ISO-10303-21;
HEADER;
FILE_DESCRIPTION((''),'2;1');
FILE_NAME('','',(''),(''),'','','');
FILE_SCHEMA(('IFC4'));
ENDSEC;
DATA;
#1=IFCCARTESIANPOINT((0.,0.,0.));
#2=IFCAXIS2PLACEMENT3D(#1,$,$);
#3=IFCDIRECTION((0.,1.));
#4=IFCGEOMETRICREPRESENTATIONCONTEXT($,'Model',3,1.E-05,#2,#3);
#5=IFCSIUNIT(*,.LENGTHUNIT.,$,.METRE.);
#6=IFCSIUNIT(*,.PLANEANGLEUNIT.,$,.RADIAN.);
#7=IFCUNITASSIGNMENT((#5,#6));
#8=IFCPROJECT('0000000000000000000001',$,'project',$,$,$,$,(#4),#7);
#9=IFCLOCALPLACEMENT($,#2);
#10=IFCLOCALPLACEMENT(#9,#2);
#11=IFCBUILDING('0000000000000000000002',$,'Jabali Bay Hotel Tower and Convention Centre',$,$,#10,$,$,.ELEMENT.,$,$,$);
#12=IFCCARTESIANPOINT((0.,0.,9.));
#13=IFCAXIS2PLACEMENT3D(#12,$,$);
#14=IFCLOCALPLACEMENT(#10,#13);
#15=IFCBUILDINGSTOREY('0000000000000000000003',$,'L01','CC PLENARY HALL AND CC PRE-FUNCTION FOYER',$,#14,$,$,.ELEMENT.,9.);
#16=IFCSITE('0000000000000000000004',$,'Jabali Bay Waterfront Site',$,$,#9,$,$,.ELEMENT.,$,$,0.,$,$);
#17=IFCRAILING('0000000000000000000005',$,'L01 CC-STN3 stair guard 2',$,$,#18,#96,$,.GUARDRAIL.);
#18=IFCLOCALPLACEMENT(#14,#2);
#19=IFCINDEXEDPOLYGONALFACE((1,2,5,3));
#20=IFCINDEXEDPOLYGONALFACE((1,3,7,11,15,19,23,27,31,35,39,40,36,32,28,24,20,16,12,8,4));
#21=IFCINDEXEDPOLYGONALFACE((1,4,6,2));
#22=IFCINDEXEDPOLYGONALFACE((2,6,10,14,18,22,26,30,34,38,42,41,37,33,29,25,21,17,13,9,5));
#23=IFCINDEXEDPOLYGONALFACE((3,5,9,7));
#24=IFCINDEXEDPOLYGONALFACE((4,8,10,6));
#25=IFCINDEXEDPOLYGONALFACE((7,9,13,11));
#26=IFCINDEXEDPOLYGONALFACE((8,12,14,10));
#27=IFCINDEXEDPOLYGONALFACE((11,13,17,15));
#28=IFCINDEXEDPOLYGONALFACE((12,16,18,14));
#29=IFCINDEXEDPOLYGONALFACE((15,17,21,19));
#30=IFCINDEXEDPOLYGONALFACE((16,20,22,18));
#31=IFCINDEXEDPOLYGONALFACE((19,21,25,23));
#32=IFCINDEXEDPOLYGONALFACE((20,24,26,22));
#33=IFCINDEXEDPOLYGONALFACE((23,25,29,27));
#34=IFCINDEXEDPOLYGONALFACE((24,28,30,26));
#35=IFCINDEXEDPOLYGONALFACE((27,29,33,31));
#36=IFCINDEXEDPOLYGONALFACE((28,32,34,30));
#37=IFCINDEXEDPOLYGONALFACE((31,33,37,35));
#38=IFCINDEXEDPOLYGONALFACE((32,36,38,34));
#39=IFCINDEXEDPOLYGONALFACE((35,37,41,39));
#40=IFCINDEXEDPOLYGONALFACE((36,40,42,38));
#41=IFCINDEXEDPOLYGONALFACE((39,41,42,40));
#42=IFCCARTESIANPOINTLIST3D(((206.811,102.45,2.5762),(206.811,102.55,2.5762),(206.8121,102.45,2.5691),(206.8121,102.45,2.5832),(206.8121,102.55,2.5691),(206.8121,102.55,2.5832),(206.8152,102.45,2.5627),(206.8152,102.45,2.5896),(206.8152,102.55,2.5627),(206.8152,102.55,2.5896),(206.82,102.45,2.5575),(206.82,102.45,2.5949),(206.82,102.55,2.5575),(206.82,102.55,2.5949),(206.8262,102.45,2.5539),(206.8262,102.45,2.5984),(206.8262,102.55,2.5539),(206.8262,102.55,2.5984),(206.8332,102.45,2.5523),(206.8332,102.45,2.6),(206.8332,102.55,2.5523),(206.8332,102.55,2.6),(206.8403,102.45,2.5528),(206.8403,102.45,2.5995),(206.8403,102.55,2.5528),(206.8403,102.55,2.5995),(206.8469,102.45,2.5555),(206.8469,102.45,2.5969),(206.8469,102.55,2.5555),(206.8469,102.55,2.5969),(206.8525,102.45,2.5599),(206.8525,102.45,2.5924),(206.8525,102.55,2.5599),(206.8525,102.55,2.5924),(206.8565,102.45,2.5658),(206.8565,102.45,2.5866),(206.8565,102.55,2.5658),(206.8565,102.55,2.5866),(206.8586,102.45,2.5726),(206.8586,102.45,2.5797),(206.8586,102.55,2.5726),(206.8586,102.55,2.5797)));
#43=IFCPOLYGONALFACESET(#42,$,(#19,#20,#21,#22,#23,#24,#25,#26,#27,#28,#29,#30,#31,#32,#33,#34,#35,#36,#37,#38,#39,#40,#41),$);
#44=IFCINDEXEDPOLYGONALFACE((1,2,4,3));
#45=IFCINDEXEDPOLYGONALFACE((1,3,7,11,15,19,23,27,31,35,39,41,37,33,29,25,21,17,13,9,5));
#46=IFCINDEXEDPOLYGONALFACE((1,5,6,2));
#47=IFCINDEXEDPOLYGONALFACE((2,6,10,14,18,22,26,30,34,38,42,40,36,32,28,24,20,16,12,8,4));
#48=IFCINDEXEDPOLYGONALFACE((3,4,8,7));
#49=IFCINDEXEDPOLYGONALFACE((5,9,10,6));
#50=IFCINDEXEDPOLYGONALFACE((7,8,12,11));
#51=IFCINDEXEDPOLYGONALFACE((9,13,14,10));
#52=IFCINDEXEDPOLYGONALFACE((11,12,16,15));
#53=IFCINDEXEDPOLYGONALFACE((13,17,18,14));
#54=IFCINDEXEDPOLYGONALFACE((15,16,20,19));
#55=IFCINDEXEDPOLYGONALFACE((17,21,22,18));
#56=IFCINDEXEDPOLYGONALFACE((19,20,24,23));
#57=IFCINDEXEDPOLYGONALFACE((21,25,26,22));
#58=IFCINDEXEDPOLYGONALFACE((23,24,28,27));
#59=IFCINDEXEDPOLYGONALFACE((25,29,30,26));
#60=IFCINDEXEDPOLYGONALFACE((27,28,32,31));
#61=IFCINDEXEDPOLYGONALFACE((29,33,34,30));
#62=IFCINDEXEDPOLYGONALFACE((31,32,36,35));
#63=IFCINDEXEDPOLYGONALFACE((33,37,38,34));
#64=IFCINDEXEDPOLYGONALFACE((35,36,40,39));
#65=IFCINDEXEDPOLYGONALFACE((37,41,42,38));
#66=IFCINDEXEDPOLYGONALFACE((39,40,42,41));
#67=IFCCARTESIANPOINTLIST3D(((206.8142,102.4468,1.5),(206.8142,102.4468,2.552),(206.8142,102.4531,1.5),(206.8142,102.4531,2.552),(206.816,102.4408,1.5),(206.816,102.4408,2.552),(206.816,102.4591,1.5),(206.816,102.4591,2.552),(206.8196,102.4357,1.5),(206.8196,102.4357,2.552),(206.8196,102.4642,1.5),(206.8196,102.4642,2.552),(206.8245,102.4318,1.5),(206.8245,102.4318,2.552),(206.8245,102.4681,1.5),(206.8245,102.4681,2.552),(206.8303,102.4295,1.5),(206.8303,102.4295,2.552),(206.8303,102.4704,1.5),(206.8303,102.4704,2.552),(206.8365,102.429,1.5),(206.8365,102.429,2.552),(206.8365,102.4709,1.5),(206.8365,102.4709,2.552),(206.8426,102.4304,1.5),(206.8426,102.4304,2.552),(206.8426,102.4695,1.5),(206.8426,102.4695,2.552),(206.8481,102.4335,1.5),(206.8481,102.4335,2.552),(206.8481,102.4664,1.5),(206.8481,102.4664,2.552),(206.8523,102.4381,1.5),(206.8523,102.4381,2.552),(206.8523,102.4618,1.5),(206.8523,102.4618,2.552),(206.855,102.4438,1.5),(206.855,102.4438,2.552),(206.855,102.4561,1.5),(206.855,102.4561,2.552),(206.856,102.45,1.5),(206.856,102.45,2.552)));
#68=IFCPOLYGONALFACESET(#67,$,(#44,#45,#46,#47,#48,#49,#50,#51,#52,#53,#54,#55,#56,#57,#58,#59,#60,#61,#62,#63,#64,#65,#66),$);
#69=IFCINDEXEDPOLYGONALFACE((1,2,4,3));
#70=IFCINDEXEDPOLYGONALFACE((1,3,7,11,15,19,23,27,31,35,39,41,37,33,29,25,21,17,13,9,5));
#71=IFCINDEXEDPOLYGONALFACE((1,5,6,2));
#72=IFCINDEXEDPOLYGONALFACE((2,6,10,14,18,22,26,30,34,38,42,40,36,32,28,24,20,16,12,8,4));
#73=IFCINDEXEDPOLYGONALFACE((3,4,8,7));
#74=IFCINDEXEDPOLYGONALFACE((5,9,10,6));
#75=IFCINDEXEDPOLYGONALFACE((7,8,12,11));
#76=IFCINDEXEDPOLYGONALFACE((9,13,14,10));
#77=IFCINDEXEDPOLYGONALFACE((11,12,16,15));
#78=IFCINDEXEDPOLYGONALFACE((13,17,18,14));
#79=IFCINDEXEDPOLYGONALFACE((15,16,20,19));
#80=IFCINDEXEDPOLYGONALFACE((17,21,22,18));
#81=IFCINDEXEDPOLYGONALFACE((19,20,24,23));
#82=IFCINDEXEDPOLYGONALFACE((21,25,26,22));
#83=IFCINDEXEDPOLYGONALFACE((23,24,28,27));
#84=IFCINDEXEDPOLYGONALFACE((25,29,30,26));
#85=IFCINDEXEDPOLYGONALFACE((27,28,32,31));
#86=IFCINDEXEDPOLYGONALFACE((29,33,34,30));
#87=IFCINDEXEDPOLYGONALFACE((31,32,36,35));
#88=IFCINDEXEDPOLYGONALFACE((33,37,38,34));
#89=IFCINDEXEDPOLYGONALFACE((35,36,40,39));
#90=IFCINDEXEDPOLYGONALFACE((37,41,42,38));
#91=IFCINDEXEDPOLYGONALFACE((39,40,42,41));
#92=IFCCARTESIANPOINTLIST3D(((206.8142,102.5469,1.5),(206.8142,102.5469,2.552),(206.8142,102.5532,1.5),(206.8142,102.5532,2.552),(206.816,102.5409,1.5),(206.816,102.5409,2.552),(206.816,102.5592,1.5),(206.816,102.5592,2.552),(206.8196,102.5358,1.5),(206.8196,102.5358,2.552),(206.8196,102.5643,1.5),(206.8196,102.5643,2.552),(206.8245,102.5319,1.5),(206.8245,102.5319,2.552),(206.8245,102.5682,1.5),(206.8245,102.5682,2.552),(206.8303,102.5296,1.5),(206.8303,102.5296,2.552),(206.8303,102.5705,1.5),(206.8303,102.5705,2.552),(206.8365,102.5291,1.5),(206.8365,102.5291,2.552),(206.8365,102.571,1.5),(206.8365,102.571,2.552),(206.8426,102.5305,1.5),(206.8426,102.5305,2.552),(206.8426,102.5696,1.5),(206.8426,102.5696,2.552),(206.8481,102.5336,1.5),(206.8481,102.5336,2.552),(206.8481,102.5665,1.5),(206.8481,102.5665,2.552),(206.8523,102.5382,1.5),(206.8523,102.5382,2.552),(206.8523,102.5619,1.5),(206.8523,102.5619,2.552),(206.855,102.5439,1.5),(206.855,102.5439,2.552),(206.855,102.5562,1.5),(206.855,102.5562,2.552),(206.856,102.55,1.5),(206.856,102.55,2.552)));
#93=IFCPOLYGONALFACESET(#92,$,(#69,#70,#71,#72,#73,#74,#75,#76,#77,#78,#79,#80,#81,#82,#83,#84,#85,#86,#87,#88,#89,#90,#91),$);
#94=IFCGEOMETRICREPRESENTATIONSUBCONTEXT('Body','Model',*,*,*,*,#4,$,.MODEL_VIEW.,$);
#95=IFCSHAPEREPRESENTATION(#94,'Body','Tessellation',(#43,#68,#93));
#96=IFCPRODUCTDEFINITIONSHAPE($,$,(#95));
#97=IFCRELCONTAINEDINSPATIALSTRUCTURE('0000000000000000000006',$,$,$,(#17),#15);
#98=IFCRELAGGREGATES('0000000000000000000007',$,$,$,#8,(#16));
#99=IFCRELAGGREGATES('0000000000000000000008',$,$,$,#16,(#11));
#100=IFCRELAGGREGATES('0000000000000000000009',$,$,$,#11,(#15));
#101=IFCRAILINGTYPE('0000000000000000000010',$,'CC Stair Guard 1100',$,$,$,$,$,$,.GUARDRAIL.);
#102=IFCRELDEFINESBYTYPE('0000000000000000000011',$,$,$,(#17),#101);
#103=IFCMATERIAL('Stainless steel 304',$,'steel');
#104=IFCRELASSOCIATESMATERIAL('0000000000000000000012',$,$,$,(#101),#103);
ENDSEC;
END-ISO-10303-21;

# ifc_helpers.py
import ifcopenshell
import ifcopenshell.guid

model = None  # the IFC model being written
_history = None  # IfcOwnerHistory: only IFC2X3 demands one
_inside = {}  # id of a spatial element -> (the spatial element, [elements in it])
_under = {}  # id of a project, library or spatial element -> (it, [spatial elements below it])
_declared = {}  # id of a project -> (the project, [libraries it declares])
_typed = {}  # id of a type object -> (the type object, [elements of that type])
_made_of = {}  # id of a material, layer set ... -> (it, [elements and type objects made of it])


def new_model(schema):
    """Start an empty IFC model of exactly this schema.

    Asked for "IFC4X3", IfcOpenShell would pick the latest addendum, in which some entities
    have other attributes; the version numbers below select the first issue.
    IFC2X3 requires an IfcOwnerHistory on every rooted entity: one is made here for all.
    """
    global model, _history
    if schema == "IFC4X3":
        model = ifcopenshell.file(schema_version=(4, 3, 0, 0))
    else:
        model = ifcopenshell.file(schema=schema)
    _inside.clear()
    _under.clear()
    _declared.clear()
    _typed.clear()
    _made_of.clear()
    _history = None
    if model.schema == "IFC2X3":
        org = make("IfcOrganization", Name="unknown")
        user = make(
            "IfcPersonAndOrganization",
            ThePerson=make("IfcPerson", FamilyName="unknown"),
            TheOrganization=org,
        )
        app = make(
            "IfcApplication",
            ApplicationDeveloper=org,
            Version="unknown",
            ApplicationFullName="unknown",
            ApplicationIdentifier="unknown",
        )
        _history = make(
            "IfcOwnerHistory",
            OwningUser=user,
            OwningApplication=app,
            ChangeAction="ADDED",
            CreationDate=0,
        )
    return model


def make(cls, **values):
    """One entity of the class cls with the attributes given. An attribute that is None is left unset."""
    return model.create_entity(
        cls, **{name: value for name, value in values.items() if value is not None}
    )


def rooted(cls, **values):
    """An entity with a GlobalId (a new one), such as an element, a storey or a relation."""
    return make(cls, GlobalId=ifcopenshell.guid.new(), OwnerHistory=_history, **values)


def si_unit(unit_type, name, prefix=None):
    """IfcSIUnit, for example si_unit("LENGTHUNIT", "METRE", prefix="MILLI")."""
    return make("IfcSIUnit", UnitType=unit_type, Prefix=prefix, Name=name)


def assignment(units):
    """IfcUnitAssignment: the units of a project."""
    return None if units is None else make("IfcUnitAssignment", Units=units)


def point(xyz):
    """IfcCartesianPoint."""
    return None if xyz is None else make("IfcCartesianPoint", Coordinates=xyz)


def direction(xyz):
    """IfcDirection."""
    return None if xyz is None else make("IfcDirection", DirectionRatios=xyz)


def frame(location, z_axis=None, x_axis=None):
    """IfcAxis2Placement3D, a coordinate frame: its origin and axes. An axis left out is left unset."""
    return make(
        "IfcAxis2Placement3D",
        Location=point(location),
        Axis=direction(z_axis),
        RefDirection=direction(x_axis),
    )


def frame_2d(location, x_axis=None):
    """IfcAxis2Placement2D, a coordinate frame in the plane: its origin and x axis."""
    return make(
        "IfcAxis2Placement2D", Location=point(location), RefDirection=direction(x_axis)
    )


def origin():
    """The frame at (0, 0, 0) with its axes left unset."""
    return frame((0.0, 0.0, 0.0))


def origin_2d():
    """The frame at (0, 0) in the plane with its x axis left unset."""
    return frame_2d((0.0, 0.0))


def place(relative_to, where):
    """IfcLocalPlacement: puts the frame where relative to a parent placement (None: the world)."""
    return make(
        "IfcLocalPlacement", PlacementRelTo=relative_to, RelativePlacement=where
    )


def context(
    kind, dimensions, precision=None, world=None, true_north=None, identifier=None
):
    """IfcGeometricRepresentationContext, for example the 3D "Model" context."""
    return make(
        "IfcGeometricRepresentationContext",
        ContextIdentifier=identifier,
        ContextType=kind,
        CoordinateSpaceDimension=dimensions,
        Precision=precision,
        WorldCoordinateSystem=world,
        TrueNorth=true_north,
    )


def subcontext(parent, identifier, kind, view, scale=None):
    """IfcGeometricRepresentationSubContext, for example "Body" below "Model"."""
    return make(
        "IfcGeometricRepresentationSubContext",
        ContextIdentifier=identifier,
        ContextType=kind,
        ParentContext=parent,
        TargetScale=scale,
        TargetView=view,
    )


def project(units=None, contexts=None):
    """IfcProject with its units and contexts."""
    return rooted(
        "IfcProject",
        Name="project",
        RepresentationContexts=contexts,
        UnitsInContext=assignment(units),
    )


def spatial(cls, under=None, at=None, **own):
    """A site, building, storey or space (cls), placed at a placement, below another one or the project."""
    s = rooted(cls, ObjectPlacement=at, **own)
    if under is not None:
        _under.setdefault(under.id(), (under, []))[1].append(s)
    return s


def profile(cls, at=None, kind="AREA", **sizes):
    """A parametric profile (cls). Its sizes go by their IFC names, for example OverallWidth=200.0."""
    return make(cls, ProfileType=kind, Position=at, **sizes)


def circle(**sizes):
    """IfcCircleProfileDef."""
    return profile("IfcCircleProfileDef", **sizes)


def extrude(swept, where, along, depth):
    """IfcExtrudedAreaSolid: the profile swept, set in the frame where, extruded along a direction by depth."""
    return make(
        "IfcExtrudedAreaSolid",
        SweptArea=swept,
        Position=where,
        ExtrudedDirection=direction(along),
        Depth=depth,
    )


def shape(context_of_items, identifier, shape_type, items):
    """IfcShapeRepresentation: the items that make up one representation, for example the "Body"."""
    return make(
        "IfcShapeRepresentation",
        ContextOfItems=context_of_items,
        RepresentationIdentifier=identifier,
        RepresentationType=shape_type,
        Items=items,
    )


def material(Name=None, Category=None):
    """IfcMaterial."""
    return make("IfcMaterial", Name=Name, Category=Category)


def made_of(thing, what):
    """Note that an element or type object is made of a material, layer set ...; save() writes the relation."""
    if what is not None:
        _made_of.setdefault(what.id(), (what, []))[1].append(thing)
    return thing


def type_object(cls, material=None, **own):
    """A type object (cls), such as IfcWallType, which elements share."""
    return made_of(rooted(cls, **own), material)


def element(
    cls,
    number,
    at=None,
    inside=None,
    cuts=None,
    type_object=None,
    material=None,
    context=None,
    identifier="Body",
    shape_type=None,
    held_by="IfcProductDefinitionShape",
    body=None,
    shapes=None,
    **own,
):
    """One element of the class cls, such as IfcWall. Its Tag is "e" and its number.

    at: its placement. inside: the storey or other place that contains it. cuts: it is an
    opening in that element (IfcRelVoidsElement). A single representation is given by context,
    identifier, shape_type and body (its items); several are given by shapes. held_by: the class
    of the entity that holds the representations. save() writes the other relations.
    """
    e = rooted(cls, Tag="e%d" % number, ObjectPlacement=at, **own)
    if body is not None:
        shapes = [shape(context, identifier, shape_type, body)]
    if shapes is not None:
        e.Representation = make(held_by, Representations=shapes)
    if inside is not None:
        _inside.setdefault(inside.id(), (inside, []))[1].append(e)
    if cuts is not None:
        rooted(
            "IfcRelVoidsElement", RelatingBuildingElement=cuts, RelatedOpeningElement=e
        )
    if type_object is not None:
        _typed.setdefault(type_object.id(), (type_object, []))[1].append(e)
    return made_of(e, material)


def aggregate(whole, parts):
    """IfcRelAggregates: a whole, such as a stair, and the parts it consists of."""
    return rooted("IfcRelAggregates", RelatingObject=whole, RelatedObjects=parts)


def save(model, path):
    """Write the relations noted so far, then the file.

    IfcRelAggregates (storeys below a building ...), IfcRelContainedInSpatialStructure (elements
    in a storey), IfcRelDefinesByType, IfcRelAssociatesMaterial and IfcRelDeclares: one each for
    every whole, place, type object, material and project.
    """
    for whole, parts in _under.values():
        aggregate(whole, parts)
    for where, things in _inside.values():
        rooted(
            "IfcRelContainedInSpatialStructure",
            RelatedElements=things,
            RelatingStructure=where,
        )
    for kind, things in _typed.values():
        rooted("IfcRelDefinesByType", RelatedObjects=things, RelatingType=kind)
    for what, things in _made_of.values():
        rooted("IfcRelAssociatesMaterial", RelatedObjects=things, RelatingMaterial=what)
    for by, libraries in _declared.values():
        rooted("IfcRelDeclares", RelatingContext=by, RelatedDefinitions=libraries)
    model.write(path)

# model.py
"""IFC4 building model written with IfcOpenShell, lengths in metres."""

from ifc_helpers import new_model, si_unit, direction, frame, origin, origin_2d, place, context, subcontext, project, spatial, circle, extrude, material, type_object, element, save


model = new_model("IFC4")

# Units and contexts
model_context = context("Model", 3, precision=1e-05, world=origin(), true_north=direction((0.0, 1.0)))
body_context = subcontext(model_context, "Body", "Model", "MODEL_VIEW")
ifc_project = project(units=[si_unit("LENGTHUNIT", "METRE"), si_unit("PLANEANGLEUNIT", "RADIAN")], contexts=[model_context])

# Site, building, storey
site_placement = place(None, origin())
site = spatial("IfcSite", under=ifc_project, at=site_placement, Name="Jabali Bay Waterfront Site", CompositionType="ELEMENT", RefElevation=0.0)
building_placement = place(site_placement, origin())
building = spatial("IfcBuilding", under=site, at=building_placement, Name="Jabali Bay Hotel Tower and Convention Centre", CompositionType="ELEMENT")
storey_placement = place(building_placement, frame((0.0, 0.0, 9.0)))
storey = spatial("IfcBuildingStorey", under=building, at=storey_placement, Name="L01", Description="CC PLENARY HALL AND CC PRE-FUNCTION FOYER", CompositionType="ELEMENT", Elevation=9.0)

# Railing
ifc_material_1 = material(Name="Stainless steel 304", Category="steel")
railing_type_1 = type_object("IfcRailingType", Name="CC Stair Guard 1100", PredefinedType="GUARDRAIL", material=ifc_material_1)
railing_1_placement = place(storey_placement, frame((206.835, 102.45, 1.5)))
element("IfcRailing", 1, at=railing_1_placement, inside=storey, type_object=railing_type_1, Name="L01 CC-STN3 stair guard 2", PredefinedType="GUARDRAIL", context=body_context, shape_type="SweptSolid", body=[
    extrude(circle(Radius=0.0239, at=origin_2d()), frame((0.0, 0.0, 1.0762), z_axis=(0.0, 1.0, 0.0), x_axis=(-1.0, 0.0, 0.0)), (0.0, 0.0, 1.0), 0.1001),
    extrude(circle(Radius=0.021, at=origin_2d()), origin(), (0.0, 0.0, 1.0), 1.052),
    extrude(circle(Radius=0.021, at=origin_2d()), frame((0.0, 0.1001, 0.0)), (0.0, 0.0, 1.0), 1.052),
])

save(model, "model.ifc")
